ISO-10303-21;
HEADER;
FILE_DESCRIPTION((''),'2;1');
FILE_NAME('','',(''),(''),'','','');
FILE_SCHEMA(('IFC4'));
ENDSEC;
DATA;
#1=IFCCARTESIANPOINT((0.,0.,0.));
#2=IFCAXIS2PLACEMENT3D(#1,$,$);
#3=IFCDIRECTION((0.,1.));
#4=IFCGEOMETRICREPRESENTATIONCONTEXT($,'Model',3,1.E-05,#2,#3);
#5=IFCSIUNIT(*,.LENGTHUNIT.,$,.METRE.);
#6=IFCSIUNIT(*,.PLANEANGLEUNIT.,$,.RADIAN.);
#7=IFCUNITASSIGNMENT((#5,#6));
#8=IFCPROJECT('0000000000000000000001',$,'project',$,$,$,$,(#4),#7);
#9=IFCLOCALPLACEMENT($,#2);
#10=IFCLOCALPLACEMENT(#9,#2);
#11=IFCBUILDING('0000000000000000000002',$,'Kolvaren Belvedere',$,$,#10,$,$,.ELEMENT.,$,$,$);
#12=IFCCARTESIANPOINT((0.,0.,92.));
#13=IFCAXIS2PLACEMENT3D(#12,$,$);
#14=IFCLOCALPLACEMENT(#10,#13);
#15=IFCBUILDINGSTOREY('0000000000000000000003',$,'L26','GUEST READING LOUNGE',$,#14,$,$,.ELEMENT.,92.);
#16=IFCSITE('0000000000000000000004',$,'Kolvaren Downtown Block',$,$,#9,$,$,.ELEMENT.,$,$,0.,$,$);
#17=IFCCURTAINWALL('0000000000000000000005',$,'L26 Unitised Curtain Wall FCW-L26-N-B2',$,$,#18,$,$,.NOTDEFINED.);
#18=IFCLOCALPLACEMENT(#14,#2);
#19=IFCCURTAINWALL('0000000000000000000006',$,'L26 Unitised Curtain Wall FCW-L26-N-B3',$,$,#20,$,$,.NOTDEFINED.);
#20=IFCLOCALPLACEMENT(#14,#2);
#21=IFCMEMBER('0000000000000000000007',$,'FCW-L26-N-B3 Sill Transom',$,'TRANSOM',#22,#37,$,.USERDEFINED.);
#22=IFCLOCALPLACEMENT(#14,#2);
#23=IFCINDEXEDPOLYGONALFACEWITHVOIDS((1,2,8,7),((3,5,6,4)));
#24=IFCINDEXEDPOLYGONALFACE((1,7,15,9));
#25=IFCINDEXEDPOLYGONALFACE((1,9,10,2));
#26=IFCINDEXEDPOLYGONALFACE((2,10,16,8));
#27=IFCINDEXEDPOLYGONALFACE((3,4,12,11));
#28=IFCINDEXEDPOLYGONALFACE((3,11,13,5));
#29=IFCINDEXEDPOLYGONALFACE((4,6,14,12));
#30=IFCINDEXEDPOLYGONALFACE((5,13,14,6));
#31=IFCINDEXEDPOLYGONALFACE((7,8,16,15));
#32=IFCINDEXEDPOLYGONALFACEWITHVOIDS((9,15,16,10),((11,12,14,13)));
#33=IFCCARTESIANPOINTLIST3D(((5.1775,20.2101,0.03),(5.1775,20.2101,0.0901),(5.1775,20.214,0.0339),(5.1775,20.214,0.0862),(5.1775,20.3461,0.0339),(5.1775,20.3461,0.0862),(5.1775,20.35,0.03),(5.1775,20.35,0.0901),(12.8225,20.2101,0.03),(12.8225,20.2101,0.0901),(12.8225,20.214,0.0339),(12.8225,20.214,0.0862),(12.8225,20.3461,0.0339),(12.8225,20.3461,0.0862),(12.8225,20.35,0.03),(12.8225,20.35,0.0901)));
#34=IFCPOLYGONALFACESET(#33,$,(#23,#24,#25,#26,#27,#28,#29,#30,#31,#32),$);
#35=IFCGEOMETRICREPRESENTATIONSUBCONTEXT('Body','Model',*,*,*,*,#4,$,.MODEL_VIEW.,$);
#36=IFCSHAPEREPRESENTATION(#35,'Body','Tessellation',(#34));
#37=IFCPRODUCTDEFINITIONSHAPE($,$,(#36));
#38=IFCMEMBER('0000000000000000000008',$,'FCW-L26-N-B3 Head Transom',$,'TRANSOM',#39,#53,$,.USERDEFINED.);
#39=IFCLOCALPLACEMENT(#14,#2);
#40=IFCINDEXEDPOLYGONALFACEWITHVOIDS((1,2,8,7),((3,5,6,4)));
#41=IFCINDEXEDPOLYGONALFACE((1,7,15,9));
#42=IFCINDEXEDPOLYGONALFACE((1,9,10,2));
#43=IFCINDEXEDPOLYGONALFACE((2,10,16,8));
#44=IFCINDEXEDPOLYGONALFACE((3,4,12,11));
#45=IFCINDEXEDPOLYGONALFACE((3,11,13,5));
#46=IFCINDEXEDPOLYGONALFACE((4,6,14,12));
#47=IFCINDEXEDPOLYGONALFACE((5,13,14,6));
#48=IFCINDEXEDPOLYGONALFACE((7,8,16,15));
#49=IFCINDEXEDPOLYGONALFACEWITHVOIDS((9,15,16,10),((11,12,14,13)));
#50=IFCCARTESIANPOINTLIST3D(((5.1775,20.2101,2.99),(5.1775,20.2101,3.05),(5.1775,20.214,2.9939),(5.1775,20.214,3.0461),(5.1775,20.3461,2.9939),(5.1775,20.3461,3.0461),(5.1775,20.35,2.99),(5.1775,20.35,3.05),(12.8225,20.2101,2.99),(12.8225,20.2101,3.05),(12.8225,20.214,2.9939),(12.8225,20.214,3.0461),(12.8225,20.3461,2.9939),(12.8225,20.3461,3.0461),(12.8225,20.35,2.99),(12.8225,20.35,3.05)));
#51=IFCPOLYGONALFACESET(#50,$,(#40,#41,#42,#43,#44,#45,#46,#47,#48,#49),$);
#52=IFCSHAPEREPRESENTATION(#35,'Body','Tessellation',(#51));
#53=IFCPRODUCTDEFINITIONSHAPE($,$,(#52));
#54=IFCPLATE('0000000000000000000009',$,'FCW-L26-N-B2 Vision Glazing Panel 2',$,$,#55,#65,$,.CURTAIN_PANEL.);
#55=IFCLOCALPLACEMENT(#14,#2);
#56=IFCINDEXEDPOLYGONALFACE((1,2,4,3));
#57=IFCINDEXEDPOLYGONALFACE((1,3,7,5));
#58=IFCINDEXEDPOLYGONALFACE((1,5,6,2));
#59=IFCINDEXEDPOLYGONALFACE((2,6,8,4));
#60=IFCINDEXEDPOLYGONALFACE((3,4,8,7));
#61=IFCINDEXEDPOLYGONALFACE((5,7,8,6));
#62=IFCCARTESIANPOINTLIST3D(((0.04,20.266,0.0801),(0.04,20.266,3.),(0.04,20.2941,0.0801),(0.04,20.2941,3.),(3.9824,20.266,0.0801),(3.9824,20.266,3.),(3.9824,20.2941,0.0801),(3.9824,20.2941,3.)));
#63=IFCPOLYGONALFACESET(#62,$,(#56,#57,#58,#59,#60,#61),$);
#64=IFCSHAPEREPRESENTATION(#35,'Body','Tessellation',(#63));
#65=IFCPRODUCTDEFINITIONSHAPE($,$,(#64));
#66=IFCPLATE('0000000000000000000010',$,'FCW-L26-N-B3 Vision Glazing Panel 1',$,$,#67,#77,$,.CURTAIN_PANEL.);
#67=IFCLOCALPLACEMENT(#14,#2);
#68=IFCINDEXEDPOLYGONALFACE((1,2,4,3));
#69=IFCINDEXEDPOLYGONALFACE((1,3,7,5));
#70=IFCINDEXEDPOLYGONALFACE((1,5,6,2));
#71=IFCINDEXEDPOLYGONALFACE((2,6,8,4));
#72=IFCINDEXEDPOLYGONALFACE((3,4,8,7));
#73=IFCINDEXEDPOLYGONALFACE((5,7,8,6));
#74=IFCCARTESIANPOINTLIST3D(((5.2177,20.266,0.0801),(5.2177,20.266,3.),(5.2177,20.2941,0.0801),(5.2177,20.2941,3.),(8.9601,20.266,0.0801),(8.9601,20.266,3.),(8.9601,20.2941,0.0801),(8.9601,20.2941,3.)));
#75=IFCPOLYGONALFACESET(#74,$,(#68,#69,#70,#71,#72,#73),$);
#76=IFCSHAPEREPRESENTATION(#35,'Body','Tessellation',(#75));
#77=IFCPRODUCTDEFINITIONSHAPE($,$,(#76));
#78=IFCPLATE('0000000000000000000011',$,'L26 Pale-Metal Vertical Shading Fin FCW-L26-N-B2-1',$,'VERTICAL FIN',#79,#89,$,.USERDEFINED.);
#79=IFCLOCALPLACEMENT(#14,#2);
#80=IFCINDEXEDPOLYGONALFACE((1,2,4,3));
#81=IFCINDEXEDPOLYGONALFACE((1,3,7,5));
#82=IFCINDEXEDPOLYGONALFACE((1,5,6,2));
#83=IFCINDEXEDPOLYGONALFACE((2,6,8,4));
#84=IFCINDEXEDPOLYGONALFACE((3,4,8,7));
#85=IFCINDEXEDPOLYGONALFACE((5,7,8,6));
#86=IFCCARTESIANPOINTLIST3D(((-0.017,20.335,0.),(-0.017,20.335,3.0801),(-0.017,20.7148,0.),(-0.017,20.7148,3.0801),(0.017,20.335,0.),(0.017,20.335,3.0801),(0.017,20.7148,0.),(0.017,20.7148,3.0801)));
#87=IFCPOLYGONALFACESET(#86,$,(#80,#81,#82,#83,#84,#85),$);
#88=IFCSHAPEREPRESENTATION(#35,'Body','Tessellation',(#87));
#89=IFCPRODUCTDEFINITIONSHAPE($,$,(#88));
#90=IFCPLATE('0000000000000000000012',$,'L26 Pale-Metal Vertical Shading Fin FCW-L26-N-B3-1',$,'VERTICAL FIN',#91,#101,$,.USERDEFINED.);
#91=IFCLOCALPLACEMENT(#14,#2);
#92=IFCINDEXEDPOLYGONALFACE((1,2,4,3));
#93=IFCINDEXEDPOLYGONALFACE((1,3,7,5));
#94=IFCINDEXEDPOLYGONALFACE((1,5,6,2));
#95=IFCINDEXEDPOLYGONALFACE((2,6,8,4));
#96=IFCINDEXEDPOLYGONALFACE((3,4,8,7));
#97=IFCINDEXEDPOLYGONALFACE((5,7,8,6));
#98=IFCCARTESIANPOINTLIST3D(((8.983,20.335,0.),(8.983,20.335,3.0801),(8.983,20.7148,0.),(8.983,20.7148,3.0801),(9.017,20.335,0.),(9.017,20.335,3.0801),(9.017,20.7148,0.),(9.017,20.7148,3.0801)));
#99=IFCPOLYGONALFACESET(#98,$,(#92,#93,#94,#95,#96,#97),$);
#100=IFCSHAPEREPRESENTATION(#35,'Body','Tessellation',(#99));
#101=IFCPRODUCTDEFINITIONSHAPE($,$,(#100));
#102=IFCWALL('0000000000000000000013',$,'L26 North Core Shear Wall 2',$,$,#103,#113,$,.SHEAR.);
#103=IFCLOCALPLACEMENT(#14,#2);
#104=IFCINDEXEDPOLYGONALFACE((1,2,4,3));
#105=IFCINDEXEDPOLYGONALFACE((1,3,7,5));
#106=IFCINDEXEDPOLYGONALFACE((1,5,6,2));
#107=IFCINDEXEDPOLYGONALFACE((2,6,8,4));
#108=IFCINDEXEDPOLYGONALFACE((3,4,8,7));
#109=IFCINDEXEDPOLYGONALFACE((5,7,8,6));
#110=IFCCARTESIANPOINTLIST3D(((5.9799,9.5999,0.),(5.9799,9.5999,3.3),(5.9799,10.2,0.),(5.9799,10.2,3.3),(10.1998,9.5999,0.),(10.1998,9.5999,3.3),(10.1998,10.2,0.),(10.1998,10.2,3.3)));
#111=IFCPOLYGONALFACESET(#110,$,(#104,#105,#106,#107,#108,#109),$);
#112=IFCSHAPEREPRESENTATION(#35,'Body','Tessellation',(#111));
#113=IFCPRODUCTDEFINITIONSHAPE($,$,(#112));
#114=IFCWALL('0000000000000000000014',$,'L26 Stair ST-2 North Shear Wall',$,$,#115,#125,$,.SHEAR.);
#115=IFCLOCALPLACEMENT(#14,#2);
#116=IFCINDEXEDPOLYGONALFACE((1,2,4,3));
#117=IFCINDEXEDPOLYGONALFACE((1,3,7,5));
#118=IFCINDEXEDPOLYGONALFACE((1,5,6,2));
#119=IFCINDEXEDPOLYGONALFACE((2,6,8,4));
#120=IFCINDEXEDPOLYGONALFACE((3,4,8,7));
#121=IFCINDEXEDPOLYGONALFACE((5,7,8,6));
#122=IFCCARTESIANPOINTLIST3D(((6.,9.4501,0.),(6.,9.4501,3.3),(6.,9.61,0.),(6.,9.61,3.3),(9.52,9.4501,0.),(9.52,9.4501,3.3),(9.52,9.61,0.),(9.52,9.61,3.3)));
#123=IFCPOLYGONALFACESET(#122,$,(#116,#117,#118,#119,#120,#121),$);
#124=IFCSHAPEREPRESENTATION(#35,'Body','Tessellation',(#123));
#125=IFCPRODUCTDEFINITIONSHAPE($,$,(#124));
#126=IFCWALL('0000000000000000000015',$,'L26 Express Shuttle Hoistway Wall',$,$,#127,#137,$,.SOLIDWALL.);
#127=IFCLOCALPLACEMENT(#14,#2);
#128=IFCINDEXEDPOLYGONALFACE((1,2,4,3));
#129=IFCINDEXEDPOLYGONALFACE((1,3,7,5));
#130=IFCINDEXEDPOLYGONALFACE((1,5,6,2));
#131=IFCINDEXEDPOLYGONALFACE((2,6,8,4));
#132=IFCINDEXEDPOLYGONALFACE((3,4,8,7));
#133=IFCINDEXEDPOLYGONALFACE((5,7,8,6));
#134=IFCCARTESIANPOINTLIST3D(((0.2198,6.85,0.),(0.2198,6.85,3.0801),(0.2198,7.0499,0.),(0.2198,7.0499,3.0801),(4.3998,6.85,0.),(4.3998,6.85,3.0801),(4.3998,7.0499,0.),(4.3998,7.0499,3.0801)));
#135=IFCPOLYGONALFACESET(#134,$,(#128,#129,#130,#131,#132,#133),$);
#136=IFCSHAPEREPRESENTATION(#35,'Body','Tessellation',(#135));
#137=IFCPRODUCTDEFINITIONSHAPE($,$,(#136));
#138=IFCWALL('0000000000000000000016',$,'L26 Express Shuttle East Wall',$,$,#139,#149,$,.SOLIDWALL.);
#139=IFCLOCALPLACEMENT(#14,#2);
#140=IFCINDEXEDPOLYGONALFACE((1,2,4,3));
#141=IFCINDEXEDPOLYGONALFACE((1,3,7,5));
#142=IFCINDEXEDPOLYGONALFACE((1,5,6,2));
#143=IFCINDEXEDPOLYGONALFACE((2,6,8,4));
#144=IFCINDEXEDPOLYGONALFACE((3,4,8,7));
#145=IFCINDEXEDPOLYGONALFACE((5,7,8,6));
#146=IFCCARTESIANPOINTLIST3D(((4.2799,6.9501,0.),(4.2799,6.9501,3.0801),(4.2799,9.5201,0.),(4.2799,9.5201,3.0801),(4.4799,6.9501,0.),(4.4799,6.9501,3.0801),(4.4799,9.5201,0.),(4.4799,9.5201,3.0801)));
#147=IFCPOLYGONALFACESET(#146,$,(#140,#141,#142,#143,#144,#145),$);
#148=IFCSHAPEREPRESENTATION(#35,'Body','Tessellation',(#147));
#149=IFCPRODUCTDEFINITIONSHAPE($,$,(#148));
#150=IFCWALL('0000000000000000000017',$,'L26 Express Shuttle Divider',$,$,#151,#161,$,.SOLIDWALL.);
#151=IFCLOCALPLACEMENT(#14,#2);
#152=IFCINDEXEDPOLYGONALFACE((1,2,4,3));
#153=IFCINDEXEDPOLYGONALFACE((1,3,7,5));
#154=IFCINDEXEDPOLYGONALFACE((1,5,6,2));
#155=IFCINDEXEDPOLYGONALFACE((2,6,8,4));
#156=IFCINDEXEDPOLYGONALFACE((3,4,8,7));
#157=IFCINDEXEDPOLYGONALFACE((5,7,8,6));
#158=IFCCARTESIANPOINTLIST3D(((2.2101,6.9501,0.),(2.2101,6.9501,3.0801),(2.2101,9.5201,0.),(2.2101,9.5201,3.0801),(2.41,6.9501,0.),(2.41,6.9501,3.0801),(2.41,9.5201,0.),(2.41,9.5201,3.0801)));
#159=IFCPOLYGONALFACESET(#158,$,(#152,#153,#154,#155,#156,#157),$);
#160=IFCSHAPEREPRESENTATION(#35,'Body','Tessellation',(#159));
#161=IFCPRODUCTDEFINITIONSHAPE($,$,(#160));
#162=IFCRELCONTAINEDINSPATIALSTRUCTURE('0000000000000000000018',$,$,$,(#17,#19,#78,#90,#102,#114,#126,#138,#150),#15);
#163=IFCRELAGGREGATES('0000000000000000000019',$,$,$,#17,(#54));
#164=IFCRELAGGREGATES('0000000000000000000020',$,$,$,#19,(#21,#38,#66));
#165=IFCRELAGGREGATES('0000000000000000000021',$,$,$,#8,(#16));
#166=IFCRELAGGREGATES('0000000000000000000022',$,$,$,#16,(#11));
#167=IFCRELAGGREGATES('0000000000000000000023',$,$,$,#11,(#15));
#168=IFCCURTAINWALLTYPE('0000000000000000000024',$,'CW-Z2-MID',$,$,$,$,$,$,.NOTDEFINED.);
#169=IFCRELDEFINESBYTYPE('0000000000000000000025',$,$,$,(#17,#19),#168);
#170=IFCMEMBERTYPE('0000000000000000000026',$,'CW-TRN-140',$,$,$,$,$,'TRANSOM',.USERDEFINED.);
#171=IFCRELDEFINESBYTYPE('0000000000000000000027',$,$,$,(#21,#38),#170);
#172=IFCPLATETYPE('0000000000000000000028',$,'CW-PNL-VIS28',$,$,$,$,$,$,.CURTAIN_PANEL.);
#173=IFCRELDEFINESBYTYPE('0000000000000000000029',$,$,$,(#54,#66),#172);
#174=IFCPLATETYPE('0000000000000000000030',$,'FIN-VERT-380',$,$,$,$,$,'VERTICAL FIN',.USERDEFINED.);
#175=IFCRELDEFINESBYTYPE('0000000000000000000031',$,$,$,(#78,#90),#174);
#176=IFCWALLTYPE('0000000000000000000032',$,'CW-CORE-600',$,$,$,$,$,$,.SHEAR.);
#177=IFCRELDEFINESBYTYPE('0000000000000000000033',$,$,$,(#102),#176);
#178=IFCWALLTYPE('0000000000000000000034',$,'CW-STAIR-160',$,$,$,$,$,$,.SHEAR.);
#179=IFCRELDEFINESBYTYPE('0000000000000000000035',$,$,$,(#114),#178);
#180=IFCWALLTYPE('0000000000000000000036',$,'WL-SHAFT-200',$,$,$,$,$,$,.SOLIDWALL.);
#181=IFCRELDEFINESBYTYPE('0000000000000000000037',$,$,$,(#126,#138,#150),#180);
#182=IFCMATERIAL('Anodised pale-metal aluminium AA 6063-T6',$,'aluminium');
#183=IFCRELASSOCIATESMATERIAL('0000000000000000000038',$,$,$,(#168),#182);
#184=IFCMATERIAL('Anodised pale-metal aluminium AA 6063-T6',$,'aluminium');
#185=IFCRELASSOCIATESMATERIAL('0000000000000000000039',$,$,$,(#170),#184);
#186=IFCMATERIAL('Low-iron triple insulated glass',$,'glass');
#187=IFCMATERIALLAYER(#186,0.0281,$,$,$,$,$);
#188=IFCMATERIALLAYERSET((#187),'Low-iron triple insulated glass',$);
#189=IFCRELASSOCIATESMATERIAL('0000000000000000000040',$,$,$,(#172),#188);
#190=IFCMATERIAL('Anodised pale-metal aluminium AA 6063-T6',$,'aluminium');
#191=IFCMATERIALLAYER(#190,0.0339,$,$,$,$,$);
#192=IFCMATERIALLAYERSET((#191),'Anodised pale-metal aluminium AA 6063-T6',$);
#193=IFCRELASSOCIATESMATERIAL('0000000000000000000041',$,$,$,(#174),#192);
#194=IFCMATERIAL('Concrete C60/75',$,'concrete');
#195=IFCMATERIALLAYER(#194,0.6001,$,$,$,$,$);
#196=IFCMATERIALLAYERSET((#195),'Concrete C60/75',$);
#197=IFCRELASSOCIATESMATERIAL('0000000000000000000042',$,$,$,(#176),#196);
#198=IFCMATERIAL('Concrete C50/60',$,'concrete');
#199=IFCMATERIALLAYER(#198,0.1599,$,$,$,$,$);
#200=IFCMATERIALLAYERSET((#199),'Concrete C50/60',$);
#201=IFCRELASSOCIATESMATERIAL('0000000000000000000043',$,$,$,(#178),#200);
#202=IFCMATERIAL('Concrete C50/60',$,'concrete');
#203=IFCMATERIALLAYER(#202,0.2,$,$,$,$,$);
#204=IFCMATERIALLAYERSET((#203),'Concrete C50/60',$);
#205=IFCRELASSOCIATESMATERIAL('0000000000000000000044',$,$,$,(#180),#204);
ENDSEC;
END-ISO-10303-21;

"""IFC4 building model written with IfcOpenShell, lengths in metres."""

from ifc_helpers import new_model, si_unit, direction, frame, frame_2d, origin, origin_2d, place, context, subcontext, project, spatial, rectangle, hollow_rectangle, extrude, material, layer, layer_set, material_profile, profile_set, type_object, element, aggregate, save


model = new_model("IFC4")

# Units and contexts
model_context = context("Model", 3, precision=1e-05, world=origin(), true_north=direction((0.0, 1.0)))
body_context = subcontext(model_context, "Body", "Model", "MODEL_VIEW")
ifc_project = project(units=[si_unit("LENGTHUNIT", "METRE"), si_unit("PLANEANGLEUNIT", "RADIAN")], contexts=[model_context])

# Site, building, storey
site_placement = place(None, origin())
site = spatial("IfcSite", under=ifc_project, at=site_placement, Name="Kolvaren Downtown Block", CompositionType="ELEMENT", RefElevation=0.0)
building_placement = place(site_placement, origin())
building = spatial("IfcBuilding", under=site, at=building_placement, Name="Kolvaren Belvedere", CompositionType="ELEMENT")
storey_placement = place(building_placement, frame((0.0, 0.0, 92.0)))
storey = spatial("IfcBuildingStorey", under=building, at=storey_placement, Name="L26", Description="GUEST READING LOUNGE", CompositionType="ELEMENT", Elevation=92.0)

# Curtain walls, members
ifc_material_1 = material(Name="Anodised pale-metal aluminium AA 6063-T6", Category="aluminium")
curtain_wall_type = type_object("IfcCurtainWallType", Name="CW-Z2-MID", PredefinedType="NOTDEFINED", material=ifc_material_1)
curtain_wall_1_placement = place(storey_placement, origin())
curtain_wall_1 = element("IfcCurtainWall", 1, at=curtain_wall_1_placement, inside=storey, type_object=curtain_wall_type, Name="L26 Unitised Curtain Wall FCW-L26-N-B2", PredefinedType="NOTDEFINED")
curtain_wall_2_placement = place(storey_placement, origin())
curtain_wall_2 = element("IfcCurtainWall", 2, at=curtain_wall_2_placement, inside=storey, type_object=curtain_wall_type, Name="L26 Unitised Curtain Wall FCW-L26-N-B3", PredefinedType="NOTDEFINED")
ifc_material_2 = material(Name="Anodised pale-metal aluminium AA 6063-T6", Category="aluminium")
ifc_material_profile_1 = material_profile(ifc_material_2, hollow_rectangle(XDim=0.0601, YDim=0.1399, WallThickness=0.0039, at=origin_2d()), Name="ALU-TRN-140X60")
ifc_profile_set_1 = profile_set([ifc_material_profile_1], Name="Anodised pale-metal aluminium AA 6063-T6")
member_type_1 = type_object("IfcMemberType", Name="CW-TRN-140", ElementType="TRANSOM", PredefinedType="USERDEFINED", material=ifc_profile_set_1)
member_1_placement = place(storey_placement, frame((5.1775, 20.28, 0.0601), z_axis=(1.0, 0.0, 0.0), x_axis=(0.0, 0.0, 1.0)))
member_1 = element("IfcMember", 3, at=member_1_placement, type_object=member_type_1, Name="FCW-L26-N-B3 Sill Transom", ObjectType="TRANSOM", PredefinedType="USERDEFINED", context=body_context, shape_type="SweptSolid", body=[
    extrude(hollow_rectangle(XDim=0.0601, YDim=0.1399, WallThickness=0.0039, at=origin_2d()), origin(), (0.0, 0.0, 1.0), 7.645),
])
member_2_placement = place(storey_placement, frame((5.1775, 20.28, 3.02), z_axis=(1.0, 0.0, 0.0), x_axis=(0.0, 0.0, 1.0)))
member_2 = element("IfcMember", 4, at=member_2_placement, type_object=member_type_1, Name="FCW-L26-N-B3 Head Transom", ObjectType="TRANSOM", PredefinedType="USERDEFINED", context=body_context, shape_type="SweptSolid", body=[
    extrude(hollow_rectangle(XDim=0.0601, YDim=0.1399, WallThickness=0.0039, at=origin_2d()), origin(), (0.0, 0.0, 1.0), 7.645),
])

# Plates
ifc_material_3 = material(Name="Low-iron triple insulated glass", Category="glass")
ifc_layer_1 = layer(ifc_material_3, 0.0281)
ifc_layer_set_1 = layer_set([ifc_layer_1], Name="Low-iron triple insulated glass")
plate_type_1 = type_object("IfcPlateType", Name="CW-PNL-VIS28", PredefinedType="CURTAIN_PANEL", material=ifc_layer_set_1)
plate_1_placement = place(storey_placement, frame((2.0112, 20.28, 0.0801), z_axis=(0.0, 0.0, 1.0), x_axis=(1.0, 0.0, 0.0)))
plate_1 = element("IfcPlate", 5, at=plate_1_placement, type_object=plate_type_1, Name="FCW-L26-N-B2 Vision Glazing Panel 2", PredefinedType="CURTAIN_PANEL", context=body_context, shape_type="SweptSolid", body=[
    extrude(rectangle(XDim=3.9424, YDim=0.0281, at=origin_2d()), origin(), (0.0, 0.0, 1.0), 2.9199),
])
aggregate(curtain_wall_1, [plate_1])
plate_2_placement = place(storey_placement, frame((7.0889, 20.28, 0.0801), z_axis=(0.0, 0.0, 1.0), x_axis=(1.0, 0.0, 0.0)))
plate_2 = element("IfcPlate", 6, at=plate_2_placement, type_object=plate_type_1, Name="FCW-L26-N-B3 Vision Glazing Panel 1", PredefinedType="CURTAIN_PANEL", context=body_context, shape_type="SweptSolid", body=[
    extrude(rectangle(XDim=3.7424, YDim=0.0281, at=origin_2d()), origin(), (0.0, 0.0, 1.0), 2.9199),
])
aggregate(curtain_wall_2, [member_1, member_2, plate_2])

# Plates
ifc_material_4 = material(Name="Anodised pale-metal aluminium AA 6063-T6", Category="aluminium")
ifc_layer_2 = layer(ifc_material_4, 0.0339)
ifc_layer_set_2 = layer_set([ifc_layer_2], Name="Anodised pale-metal aluminium AA 6063-T6")
plate_type_2 = type_object("IfcPlateType", Name="FIN-VERT-380", ElementType="VERTICAL FIN", PredefinedType="USERDEFINED", material=ifc_layer_set_2)
for number, where, z_axis, x_axis, name in (
    (7, (0.0, 20.5249, 0.0), (0.0, 0.0, 1.0), (0.0, 1.0, 0.0), "L26 Pale-Metal Vertical Shading Fin FCW-L26-N-B2-1"),
    (8, (9.0, 20.5249, 0.0), (0.0, 0.0, 1.0), (0.0, 1.0, 0.0), "L26 Pale-Metal Vertical Shading Fin FCW-L26-N-B3-1"),
):
    element("IfcPlate", number, at=place(storey_placement, frame(where, z_axis=z_axis, x_axis=x_axis)), inside=storey, type_object=plate_type_2, Name=name, ObjectType="VERTICAL FIN", PredefinedType="USERDEFINED", context=body_context, shape_type="SweptSolid", body=[
        extrude(rectangle(XDim=0.3799, YDim=0.0339, at=origin_2d()), origin(), (0.0, 0.0, 1.0), 3.0801),
    ])

# Walls
ifc_material_5 = material(Name="Concrete C60/75", Category="concrete")
ifc_layer_3 = layer(ifc_material_5, 0.6001)
ifc_layer_set_3 = layer_set([ifc_layer_3], Name="Concrete C60/75")
wall_type_1 = type_object("IfcWallType", Name="CW-CORE-600", PredefinedType="SHEAR", material=ifc_layer_set_3)
wall_1_placement = place(storey_placement, frame((5.98, 9.8999, 0.0), z_axis=(0.0, 0.0, 1.0), x_axis=(1.0, 0.0, 0.0)))
element("IfcWall", 9, at=wall_1_placement, inside=storey, type_object=wall_type_1, Name="L26 North Core Shear Wall 2", PredefinedType="SHEAR", context=body_context, shape_type="SweptSolid", body=[
    extrude(rectangle(XDim=4.22, YDim=0.6001, at=frame_2d((2.1099, 0.0))), origin(), (0.0, 0.0, 1.0), 3.3),
])
ifc_material_6 = material(Name="Concrete C50/60", Category="concrete")
ifc_layer_4 = layer(ifc_material_6, 0.1599)
ifc_layer_set_4 = layer_set([ifc_layer_4], Name="Concrete C50/60")
wall_type_2 = type_object("IfcWallType", Name="CW-STAIR-160", PredefinedType="SHEAR", material=ifc_layer_set_4)
wall_2_placement = place(storey_placement, frame((6.0, 9.53, 0.0), z_axis=(0.0, 0.0, 1.0), x_axis=(1.0, 0.0, 0.0)))
element("IfcWall", 10, at=wall_2_placement, inside=storey, type_object=wall_type_2, Name="L26 Stair ST-2 North Shear Wall", PredefinedType="SHEAR", context=body_context, shape_type="SweptSolid", body=[
    extrude(rectangle(XDim=3.52, YDim=0.1599, at=frame_2d((1.76, 0.0))), origin(), (0.0, 0.0, 1.0), 3.3),
])
ifc_material_7 = material(Name="Concrete C50/60", Category="concrete")
ifc_layer_5 = layer(ifc_material_7, 0.2)
ifc_layer_set_5 = layer_set([ifc_layer_5], Name="Concrete C50/60")
wall_type_3 = type_object("IfcWallType", Name="WL-SHAFT-200", PredefinedType="SOLIDWALL", material=ifc_layer_set_5)
wall_3_placement = place(storey_placement, frame((0.22, 6.95, 0.0), z_axis=(0.0, 0.0, 1.0), x_axis=(1.0, 0.0, 0.0)))
element("IfcWall", 11, at=wall_3_placement, inside=storey, type_object=wall_type_3, Name="L26 Express Shuttle Hoistway Wall", PredefinedType="SOLIDWALL", context=body_context, shape_type="SweptSolid", body=[
    extrude(rectangle(XDim=4.1799, YDim=0.2, at=frame_2d((2.0898, 0.0))), origin(), (0.0, 0.0, 1.0), 3.0801),
])
for number, where, z_axis, x_axis, name in (
    (12, (4.3799, 6.95, 0.0), (0.0, 0.0, 1.0), (0.0, 1.0, 0.0), "L26 Express Shuttle East Wall"),
    (13, (2.3101, 6.95, 0.0), (0.0, 0.0, 1.0), (0.0, 1.0, 0.0), "L26 Express Shuttle Divider"),
):
    element("IfcWall", number, at=place(storey_placement, frame(where, z_axis=z_axis, x_axis=x_axis)), inside=storey, type_object=wall_type_3, Name=name, PredefinedType="SOLIDWALL", context=body_context, shape_type="SweptSolid", body=[
        extrude(rectangle(XDim=2.5701, YDim=0.2, at=frame_2d((1.2852, 0.0))), origin(), (0.0, 0.0, 1.0), 3.0801),
    ])

save(model, "model.ifc")
